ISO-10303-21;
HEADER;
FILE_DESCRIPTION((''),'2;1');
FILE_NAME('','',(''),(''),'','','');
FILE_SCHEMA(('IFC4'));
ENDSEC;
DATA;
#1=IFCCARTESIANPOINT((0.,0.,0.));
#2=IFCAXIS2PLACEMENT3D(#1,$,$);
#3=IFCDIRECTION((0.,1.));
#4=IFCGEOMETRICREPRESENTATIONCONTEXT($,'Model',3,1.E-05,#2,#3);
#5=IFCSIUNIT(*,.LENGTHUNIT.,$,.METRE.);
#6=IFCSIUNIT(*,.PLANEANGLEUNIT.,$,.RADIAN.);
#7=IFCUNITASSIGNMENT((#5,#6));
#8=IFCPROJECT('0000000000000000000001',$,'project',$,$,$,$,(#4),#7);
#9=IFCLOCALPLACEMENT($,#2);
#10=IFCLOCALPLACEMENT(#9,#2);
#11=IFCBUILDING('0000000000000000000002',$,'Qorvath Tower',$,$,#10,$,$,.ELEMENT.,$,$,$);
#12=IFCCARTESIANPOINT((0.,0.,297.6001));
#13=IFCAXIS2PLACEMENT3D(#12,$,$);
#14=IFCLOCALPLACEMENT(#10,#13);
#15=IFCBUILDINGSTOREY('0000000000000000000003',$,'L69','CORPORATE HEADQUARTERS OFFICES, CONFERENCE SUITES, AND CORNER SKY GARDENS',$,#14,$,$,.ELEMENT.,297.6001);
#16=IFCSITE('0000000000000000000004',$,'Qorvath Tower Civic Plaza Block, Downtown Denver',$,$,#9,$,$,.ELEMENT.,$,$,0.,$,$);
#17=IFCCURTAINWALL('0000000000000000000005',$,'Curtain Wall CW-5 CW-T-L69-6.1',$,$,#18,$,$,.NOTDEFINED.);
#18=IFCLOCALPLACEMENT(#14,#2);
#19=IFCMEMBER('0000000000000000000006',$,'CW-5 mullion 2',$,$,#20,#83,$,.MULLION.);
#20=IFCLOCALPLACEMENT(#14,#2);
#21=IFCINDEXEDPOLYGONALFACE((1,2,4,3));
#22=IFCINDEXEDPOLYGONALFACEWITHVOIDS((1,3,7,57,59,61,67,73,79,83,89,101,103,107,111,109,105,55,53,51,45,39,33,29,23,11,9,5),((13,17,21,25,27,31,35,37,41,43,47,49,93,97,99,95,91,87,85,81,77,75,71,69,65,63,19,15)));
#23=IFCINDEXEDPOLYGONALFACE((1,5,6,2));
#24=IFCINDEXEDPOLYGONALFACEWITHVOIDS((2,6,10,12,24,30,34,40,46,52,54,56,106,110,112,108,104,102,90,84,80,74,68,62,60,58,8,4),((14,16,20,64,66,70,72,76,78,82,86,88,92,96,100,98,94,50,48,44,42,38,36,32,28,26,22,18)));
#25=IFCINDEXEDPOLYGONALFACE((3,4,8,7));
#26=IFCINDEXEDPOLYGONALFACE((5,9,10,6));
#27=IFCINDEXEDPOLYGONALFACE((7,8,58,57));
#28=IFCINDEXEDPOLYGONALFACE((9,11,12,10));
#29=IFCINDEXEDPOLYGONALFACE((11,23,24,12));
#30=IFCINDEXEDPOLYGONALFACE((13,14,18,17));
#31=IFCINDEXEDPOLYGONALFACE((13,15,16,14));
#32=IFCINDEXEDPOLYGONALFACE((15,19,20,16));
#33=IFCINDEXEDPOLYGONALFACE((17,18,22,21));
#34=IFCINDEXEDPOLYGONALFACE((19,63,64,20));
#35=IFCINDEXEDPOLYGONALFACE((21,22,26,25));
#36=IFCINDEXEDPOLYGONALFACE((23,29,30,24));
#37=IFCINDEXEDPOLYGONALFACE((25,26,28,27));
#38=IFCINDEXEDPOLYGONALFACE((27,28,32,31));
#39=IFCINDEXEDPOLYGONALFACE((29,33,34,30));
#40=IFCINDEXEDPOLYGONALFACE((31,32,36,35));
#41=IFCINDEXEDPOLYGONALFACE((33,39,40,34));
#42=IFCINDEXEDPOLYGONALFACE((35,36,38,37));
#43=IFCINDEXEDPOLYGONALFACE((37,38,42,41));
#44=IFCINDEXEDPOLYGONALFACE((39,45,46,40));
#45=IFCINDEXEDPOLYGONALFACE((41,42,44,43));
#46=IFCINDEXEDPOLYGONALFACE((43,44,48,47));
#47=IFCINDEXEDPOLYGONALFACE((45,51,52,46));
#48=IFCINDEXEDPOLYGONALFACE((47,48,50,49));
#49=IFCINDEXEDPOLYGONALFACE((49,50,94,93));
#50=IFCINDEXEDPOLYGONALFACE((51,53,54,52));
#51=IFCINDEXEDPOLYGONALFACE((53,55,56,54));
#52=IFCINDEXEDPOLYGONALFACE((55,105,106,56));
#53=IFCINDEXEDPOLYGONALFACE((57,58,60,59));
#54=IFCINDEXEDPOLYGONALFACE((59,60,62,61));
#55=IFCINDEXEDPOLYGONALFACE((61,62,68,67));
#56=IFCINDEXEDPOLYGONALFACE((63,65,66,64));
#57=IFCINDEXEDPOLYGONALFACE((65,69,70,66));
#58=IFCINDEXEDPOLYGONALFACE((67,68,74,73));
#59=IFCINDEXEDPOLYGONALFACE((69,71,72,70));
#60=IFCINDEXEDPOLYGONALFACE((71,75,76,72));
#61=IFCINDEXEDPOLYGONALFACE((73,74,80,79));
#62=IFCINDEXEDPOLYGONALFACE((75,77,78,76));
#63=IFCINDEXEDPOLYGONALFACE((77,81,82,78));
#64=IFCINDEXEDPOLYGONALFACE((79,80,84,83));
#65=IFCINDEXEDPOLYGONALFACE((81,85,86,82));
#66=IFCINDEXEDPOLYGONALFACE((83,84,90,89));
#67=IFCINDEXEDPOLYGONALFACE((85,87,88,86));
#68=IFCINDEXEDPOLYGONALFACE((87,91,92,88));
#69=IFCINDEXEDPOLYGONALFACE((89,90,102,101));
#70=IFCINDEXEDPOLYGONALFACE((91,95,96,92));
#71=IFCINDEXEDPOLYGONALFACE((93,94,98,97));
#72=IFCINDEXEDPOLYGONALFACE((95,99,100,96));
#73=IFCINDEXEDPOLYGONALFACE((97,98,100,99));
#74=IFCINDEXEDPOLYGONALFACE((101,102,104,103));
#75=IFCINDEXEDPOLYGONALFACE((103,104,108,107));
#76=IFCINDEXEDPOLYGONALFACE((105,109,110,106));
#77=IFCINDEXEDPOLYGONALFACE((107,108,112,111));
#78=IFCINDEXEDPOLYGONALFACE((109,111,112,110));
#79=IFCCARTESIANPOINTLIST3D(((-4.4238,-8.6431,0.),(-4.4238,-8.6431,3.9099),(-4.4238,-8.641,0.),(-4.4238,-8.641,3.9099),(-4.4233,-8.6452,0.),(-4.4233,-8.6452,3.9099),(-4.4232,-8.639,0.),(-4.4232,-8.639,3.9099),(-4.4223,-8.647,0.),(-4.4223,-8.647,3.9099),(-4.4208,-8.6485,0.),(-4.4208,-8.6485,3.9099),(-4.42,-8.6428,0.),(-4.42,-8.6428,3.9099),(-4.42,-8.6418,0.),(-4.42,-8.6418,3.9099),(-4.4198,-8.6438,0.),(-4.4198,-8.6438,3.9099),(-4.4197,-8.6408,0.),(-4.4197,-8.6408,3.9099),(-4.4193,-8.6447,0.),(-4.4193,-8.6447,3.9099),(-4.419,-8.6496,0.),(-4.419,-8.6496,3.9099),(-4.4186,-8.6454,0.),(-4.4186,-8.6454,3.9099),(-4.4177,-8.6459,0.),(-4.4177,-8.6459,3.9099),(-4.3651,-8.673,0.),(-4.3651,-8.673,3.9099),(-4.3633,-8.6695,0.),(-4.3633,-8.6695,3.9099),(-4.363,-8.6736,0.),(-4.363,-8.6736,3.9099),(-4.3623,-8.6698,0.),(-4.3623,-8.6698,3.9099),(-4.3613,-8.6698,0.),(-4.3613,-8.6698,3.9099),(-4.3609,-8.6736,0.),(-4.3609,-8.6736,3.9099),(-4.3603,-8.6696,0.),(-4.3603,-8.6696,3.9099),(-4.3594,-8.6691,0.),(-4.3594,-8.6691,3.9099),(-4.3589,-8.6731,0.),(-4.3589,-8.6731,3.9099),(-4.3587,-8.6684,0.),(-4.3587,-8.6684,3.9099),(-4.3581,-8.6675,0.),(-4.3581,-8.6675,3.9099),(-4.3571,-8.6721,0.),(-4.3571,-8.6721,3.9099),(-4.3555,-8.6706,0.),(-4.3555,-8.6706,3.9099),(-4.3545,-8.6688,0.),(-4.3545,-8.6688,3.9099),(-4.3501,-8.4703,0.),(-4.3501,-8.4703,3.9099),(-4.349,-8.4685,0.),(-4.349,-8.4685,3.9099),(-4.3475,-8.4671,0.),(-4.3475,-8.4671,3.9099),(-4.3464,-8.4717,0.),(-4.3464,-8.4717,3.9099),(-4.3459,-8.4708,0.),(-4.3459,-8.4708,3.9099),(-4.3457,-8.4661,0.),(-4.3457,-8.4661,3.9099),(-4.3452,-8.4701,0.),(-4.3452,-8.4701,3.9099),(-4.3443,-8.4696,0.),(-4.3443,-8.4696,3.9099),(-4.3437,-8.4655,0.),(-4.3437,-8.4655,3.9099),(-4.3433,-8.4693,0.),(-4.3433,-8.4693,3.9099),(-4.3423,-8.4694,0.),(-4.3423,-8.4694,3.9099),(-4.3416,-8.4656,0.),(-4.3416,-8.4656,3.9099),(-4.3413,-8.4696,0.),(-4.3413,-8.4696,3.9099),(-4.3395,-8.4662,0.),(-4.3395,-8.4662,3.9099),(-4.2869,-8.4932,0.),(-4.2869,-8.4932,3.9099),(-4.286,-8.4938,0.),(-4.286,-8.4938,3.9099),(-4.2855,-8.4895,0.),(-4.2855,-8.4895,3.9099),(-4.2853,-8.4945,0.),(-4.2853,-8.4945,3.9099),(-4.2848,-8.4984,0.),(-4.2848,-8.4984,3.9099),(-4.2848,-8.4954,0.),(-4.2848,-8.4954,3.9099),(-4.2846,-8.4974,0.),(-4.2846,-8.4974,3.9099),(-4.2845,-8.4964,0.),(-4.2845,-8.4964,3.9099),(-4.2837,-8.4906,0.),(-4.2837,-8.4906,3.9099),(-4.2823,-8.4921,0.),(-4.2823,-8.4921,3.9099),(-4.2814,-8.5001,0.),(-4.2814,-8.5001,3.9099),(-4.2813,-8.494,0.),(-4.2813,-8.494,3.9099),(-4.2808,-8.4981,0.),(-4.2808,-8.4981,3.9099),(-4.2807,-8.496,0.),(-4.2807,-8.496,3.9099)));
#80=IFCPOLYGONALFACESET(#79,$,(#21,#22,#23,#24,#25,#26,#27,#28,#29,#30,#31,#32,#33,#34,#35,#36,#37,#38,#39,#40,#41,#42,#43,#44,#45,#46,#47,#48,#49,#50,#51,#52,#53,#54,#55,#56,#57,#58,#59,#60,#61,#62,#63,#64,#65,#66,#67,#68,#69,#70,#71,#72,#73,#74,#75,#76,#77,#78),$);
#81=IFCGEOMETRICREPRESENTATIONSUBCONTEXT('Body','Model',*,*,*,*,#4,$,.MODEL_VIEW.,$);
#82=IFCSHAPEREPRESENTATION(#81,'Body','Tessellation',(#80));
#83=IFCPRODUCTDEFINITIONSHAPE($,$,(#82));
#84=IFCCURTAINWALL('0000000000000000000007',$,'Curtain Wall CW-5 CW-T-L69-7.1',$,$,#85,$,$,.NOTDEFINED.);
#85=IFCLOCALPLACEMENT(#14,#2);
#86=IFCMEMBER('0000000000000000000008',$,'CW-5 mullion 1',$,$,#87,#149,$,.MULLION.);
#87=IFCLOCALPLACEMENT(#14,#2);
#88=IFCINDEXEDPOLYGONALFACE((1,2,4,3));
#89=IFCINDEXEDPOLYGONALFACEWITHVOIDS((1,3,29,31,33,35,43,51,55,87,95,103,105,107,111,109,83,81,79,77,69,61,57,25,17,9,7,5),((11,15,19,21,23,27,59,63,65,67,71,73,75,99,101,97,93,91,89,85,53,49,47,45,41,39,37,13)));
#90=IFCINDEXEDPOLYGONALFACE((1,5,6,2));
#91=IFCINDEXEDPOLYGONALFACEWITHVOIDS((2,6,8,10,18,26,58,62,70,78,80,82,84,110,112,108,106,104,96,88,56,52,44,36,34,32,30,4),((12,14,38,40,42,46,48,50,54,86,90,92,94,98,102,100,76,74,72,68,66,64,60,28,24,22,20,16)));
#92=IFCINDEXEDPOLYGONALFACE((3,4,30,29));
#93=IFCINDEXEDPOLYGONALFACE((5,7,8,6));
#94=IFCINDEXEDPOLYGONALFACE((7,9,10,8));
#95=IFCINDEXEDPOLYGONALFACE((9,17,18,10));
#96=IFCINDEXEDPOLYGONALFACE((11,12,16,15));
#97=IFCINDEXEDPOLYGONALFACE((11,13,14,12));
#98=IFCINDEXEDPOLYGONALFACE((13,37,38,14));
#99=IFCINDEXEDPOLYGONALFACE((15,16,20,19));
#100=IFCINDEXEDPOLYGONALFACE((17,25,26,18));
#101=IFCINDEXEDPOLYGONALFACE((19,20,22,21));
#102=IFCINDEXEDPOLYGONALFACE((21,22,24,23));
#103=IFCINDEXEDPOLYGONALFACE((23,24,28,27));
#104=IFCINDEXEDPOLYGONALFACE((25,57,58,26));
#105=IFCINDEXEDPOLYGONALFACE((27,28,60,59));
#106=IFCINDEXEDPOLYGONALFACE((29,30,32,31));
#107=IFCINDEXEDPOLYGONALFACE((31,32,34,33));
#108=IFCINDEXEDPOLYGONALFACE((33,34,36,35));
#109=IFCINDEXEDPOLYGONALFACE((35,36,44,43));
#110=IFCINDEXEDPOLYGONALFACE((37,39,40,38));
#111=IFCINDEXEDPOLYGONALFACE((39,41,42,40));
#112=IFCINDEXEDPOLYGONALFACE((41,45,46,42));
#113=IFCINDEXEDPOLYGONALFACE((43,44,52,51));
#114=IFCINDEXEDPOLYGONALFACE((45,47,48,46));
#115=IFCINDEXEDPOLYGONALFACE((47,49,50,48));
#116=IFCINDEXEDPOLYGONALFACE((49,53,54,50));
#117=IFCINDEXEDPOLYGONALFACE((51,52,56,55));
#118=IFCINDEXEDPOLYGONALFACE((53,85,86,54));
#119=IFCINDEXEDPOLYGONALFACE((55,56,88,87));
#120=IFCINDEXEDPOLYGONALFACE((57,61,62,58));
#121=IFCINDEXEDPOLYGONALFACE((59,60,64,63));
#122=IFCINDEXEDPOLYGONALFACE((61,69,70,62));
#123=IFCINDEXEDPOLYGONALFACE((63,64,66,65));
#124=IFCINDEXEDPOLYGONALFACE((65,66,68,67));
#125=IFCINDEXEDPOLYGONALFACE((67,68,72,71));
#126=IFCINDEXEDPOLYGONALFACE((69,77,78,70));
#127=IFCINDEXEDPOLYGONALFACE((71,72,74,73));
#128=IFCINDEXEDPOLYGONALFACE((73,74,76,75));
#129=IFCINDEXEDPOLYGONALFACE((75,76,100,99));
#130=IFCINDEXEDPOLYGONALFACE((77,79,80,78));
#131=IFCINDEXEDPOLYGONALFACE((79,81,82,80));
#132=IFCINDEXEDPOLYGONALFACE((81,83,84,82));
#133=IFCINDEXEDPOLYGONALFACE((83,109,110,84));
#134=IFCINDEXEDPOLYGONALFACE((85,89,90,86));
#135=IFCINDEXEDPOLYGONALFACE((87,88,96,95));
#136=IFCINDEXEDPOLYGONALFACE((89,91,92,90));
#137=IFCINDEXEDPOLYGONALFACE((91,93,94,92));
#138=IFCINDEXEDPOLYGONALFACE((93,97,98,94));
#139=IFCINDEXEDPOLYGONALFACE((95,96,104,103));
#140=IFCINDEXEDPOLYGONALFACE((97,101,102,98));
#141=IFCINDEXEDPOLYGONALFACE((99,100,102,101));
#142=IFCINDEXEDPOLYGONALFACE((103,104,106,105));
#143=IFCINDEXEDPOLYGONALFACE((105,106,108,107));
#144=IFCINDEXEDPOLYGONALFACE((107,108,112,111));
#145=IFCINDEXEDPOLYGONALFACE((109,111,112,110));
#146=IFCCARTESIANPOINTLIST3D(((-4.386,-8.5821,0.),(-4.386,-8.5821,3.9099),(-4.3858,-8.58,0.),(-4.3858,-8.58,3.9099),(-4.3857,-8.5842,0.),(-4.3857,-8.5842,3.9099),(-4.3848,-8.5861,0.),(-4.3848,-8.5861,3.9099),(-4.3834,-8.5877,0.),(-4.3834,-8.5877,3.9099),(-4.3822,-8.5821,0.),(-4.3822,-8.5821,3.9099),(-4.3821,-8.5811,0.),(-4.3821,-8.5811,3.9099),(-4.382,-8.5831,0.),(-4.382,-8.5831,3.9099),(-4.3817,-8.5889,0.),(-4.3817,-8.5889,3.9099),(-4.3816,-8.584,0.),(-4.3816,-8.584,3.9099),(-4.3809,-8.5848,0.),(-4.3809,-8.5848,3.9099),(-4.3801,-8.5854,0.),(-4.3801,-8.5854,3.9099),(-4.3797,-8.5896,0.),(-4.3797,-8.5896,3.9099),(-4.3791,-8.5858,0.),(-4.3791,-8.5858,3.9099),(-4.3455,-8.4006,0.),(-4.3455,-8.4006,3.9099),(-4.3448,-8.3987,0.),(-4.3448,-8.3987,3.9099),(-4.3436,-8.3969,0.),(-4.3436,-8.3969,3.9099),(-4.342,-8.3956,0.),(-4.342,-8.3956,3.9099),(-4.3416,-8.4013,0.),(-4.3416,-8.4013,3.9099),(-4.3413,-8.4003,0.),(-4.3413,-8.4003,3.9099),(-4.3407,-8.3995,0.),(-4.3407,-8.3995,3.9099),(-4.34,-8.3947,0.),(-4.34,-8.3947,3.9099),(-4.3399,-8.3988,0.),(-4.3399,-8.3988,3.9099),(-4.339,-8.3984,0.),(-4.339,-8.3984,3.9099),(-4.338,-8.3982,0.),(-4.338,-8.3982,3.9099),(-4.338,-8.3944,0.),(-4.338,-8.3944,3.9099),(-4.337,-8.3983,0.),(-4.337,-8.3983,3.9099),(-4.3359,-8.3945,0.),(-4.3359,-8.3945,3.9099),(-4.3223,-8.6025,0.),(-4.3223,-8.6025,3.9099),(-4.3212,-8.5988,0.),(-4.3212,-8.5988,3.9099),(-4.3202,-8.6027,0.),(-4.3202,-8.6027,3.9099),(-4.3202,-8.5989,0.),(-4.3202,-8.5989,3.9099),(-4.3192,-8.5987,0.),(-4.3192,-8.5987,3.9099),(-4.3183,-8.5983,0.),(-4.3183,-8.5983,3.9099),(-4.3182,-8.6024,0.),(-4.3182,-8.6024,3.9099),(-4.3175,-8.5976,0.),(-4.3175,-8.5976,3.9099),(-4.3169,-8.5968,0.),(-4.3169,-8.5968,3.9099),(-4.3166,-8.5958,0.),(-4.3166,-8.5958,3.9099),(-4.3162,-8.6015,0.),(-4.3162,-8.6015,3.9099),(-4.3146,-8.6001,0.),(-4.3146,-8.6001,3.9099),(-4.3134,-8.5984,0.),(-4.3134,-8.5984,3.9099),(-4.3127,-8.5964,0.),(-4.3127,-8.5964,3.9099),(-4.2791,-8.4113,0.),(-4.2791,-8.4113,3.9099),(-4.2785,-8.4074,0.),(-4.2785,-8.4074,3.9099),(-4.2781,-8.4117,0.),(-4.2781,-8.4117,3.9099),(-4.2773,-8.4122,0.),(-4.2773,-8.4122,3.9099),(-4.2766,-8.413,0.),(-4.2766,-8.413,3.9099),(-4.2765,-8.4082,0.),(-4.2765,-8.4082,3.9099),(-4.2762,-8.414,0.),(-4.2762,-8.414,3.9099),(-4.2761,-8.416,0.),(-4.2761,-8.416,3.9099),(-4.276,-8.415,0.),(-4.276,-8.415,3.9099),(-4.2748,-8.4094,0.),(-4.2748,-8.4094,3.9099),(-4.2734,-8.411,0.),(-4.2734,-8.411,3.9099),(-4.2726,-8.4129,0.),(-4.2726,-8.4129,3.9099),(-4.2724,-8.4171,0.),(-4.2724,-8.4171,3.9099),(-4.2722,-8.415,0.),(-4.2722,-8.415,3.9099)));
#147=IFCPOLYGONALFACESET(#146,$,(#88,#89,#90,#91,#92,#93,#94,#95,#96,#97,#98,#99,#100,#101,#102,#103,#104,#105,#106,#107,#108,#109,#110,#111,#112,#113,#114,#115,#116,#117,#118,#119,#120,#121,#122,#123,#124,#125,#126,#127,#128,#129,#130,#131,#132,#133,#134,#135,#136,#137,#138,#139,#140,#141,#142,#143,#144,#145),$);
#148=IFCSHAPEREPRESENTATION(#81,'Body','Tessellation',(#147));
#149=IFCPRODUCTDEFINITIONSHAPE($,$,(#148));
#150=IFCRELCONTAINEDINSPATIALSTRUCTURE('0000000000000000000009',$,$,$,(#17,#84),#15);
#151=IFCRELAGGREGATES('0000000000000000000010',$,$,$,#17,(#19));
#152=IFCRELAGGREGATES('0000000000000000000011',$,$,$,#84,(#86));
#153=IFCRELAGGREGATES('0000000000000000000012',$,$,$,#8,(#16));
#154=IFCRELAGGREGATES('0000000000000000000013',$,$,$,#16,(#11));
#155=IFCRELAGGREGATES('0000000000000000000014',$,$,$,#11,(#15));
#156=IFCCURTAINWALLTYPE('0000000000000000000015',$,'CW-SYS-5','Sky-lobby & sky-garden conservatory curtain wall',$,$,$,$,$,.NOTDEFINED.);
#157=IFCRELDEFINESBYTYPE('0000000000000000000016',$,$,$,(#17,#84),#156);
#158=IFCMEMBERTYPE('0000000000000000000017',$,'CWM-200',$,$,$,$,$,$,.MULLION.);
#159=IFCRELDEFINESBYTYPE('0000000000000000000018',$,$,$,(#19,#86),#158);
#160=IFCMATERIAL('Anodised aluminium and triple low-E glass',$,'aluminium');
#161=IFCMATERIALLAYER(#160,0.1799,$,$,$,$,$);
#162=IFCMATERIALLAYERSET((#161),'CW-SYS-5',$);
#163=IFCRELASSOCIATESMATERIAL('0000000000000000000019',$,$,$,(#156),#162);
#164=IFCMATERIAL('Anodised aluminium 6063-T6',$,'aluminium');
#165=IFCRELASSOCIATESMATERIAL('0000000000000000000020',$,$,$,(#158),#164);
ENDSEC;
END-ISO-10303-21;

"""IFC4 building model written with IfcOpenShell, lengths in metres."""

from ifc_helpers import new_model, si_unit, direction, frame, origin, origin_2d, place, context, subcontext, project, spatial, hollow_rectangle, extrude, material, layer, layer_set, material_profile, profile_set, type_object, element, aggregate, save


model = new_model("IFC4")

# Units and contexts
model_context = context("Model", 3, precision=1e-05, world=origin(), true_north=direction((0.0, 1.0)))
body_context = subcontext(model_context, "Body", "Model", "MODEL_VIEW")
ifc_project = project(units=[si_unit("LENGTHUNIT", "METRE"), si_unit("PLANEANGLEUNIT", "RADIAN")], contexts=[model_context])

# Site, building, storey
site_placement = place(None, origin())
site = spatial("IfcSite", under=ifc_project, at=site_placement, Name="Qorvath Tower Civic Plaza Block, Downtown Denver", CompositionType="ELEMENT", RefElevation=0.0)
building_placement = place(site_placement, origin())
building = spatial("IfcBuilding", under=site, at=building_placement, Name="Qorvath Tower", CompositionType="ELEMENT")
storey_placement = place(building_placement, frame((0.0, 0.0, 297.6001)))
storey = spatial("IfcBuildingStorey", under=building, at=storey_placement, Name="L69", Description="CORPORATE HEADQUARTERS OFFICES, CONFERENCE SUITES, AND CORNER SKY GARDENS", CompositionType="ELEMENT", Elevation=297.6001)

# Shared definitions
ifc_material_1 = material(Name="Anodised aluminium and triple low-E glass", Category="aluminium")
ifc_layer_1 = layer(ifc_material_1, 0.1799)
ifc_layer_set_1 = layer_set([ifc_layer_1], Name="CW-SYS-5")
curtain_wall_type = type_object("IfcCurtainWallType", Name="CW-SYS-5", Description="Sky-lobby & sky-garden conservatory curtain wall", PredefinedType="NOTDEFINED", material=ifc_layer_set_1)
ifc_material_2 = material(Name="Anodised aluminium 6063-T6", Category="aluminium")
ifc_material_profile_1 = material_profile(ifc_material_2, hollow_rectangle(XDim=0.075, YDim=0.2, WallThickness=0.0039, InnerFilletRadius=0.0039, OuterFilletRadius=0.0081, at=origin_2d()), Name="CWM 200x75")
ifc_profile_set_1 = profile_set([ifc_material_profile_1], Name="Anodised aluminium 6063-T6")
member_type_1 = type_object("IfcMemberType", Name="CWM-200", PredefinedType="MULLION", material=ifc_profile_set_1)

# Curtain wall, member
curtain_wall_1_placement = place(storey_placement, origin())
curtain_wall_1 = element("IfcCurtainWall", 1, at=curtain_wall_1_placement, inside=storey, type_object=curtain_wall_type, Name="Curtain Wall CW-5 CW-T-L69-6.1", PredefinedType="NOTDEFINED")
member_1_placement = place(storey_placement, frame((-4.3523, -8.5696, 0.0), z_axis=(0.0, 0.0, 1.0), x_axis=(-0.917534, 0.397658, 0.0)))
member_1 = element("IfcMember", 2, at=member_1_placement, type_object=member_type_1, Name="CW-5 mullion 2", PredefinedType="MULLION", context=body_context, shape_type="SweptSolid", body=[
    extrude(hollow_rectangle(XDim=0.075, YDim=0.2, WallThickness=0.0039, InnerFilletRadius=0.0039, OuterFilletRadius=0.0081, at=origin_2d()), origin(), (0.0, 0.0, 1.0), 3.9099),
])

# Curtain wall, member
curtain_wall_2_placement = place(storey_placement, origin())
curtain_wall_2 = element("IfcCurtainWall", 3, at=curtain_wall_2_placement, inside=storey, type_object=curtain_wall_type, Name="Curtain Wall CW-5 CW-T-L69-7.1", PredefinedType="NOTDEFINED")
member_2_placement = place(storey_placement, frame((-4.3291, -8.4985, 0.0), z_axis=(0.0, 0.0, 1.0), x_axis=(-0.975659, 0.219293, 0.0)))
member_2 = element("IfcMember", 4, at=member_2_placement, type_object=member_type_1, Name="CW-5 mullion 1", PredefinedType="MULLION", context=body_context, shape_type="SweptSolid", body=[
    extrude(hollow_rectangle(XDim=0.075, YDim=0.2, WallThickness=0.0039, InnerFilletRadius=0.0039, OuterFilletRadius=0.0081, at=origin_2d()), origin(), (0.0, 0.0, 1.0), 3.9099),
])

aggregate(curtain_wall_1, [member_1])
aggregate(curtain_wall_2, [member_2])

save(model, "model.ifc")
